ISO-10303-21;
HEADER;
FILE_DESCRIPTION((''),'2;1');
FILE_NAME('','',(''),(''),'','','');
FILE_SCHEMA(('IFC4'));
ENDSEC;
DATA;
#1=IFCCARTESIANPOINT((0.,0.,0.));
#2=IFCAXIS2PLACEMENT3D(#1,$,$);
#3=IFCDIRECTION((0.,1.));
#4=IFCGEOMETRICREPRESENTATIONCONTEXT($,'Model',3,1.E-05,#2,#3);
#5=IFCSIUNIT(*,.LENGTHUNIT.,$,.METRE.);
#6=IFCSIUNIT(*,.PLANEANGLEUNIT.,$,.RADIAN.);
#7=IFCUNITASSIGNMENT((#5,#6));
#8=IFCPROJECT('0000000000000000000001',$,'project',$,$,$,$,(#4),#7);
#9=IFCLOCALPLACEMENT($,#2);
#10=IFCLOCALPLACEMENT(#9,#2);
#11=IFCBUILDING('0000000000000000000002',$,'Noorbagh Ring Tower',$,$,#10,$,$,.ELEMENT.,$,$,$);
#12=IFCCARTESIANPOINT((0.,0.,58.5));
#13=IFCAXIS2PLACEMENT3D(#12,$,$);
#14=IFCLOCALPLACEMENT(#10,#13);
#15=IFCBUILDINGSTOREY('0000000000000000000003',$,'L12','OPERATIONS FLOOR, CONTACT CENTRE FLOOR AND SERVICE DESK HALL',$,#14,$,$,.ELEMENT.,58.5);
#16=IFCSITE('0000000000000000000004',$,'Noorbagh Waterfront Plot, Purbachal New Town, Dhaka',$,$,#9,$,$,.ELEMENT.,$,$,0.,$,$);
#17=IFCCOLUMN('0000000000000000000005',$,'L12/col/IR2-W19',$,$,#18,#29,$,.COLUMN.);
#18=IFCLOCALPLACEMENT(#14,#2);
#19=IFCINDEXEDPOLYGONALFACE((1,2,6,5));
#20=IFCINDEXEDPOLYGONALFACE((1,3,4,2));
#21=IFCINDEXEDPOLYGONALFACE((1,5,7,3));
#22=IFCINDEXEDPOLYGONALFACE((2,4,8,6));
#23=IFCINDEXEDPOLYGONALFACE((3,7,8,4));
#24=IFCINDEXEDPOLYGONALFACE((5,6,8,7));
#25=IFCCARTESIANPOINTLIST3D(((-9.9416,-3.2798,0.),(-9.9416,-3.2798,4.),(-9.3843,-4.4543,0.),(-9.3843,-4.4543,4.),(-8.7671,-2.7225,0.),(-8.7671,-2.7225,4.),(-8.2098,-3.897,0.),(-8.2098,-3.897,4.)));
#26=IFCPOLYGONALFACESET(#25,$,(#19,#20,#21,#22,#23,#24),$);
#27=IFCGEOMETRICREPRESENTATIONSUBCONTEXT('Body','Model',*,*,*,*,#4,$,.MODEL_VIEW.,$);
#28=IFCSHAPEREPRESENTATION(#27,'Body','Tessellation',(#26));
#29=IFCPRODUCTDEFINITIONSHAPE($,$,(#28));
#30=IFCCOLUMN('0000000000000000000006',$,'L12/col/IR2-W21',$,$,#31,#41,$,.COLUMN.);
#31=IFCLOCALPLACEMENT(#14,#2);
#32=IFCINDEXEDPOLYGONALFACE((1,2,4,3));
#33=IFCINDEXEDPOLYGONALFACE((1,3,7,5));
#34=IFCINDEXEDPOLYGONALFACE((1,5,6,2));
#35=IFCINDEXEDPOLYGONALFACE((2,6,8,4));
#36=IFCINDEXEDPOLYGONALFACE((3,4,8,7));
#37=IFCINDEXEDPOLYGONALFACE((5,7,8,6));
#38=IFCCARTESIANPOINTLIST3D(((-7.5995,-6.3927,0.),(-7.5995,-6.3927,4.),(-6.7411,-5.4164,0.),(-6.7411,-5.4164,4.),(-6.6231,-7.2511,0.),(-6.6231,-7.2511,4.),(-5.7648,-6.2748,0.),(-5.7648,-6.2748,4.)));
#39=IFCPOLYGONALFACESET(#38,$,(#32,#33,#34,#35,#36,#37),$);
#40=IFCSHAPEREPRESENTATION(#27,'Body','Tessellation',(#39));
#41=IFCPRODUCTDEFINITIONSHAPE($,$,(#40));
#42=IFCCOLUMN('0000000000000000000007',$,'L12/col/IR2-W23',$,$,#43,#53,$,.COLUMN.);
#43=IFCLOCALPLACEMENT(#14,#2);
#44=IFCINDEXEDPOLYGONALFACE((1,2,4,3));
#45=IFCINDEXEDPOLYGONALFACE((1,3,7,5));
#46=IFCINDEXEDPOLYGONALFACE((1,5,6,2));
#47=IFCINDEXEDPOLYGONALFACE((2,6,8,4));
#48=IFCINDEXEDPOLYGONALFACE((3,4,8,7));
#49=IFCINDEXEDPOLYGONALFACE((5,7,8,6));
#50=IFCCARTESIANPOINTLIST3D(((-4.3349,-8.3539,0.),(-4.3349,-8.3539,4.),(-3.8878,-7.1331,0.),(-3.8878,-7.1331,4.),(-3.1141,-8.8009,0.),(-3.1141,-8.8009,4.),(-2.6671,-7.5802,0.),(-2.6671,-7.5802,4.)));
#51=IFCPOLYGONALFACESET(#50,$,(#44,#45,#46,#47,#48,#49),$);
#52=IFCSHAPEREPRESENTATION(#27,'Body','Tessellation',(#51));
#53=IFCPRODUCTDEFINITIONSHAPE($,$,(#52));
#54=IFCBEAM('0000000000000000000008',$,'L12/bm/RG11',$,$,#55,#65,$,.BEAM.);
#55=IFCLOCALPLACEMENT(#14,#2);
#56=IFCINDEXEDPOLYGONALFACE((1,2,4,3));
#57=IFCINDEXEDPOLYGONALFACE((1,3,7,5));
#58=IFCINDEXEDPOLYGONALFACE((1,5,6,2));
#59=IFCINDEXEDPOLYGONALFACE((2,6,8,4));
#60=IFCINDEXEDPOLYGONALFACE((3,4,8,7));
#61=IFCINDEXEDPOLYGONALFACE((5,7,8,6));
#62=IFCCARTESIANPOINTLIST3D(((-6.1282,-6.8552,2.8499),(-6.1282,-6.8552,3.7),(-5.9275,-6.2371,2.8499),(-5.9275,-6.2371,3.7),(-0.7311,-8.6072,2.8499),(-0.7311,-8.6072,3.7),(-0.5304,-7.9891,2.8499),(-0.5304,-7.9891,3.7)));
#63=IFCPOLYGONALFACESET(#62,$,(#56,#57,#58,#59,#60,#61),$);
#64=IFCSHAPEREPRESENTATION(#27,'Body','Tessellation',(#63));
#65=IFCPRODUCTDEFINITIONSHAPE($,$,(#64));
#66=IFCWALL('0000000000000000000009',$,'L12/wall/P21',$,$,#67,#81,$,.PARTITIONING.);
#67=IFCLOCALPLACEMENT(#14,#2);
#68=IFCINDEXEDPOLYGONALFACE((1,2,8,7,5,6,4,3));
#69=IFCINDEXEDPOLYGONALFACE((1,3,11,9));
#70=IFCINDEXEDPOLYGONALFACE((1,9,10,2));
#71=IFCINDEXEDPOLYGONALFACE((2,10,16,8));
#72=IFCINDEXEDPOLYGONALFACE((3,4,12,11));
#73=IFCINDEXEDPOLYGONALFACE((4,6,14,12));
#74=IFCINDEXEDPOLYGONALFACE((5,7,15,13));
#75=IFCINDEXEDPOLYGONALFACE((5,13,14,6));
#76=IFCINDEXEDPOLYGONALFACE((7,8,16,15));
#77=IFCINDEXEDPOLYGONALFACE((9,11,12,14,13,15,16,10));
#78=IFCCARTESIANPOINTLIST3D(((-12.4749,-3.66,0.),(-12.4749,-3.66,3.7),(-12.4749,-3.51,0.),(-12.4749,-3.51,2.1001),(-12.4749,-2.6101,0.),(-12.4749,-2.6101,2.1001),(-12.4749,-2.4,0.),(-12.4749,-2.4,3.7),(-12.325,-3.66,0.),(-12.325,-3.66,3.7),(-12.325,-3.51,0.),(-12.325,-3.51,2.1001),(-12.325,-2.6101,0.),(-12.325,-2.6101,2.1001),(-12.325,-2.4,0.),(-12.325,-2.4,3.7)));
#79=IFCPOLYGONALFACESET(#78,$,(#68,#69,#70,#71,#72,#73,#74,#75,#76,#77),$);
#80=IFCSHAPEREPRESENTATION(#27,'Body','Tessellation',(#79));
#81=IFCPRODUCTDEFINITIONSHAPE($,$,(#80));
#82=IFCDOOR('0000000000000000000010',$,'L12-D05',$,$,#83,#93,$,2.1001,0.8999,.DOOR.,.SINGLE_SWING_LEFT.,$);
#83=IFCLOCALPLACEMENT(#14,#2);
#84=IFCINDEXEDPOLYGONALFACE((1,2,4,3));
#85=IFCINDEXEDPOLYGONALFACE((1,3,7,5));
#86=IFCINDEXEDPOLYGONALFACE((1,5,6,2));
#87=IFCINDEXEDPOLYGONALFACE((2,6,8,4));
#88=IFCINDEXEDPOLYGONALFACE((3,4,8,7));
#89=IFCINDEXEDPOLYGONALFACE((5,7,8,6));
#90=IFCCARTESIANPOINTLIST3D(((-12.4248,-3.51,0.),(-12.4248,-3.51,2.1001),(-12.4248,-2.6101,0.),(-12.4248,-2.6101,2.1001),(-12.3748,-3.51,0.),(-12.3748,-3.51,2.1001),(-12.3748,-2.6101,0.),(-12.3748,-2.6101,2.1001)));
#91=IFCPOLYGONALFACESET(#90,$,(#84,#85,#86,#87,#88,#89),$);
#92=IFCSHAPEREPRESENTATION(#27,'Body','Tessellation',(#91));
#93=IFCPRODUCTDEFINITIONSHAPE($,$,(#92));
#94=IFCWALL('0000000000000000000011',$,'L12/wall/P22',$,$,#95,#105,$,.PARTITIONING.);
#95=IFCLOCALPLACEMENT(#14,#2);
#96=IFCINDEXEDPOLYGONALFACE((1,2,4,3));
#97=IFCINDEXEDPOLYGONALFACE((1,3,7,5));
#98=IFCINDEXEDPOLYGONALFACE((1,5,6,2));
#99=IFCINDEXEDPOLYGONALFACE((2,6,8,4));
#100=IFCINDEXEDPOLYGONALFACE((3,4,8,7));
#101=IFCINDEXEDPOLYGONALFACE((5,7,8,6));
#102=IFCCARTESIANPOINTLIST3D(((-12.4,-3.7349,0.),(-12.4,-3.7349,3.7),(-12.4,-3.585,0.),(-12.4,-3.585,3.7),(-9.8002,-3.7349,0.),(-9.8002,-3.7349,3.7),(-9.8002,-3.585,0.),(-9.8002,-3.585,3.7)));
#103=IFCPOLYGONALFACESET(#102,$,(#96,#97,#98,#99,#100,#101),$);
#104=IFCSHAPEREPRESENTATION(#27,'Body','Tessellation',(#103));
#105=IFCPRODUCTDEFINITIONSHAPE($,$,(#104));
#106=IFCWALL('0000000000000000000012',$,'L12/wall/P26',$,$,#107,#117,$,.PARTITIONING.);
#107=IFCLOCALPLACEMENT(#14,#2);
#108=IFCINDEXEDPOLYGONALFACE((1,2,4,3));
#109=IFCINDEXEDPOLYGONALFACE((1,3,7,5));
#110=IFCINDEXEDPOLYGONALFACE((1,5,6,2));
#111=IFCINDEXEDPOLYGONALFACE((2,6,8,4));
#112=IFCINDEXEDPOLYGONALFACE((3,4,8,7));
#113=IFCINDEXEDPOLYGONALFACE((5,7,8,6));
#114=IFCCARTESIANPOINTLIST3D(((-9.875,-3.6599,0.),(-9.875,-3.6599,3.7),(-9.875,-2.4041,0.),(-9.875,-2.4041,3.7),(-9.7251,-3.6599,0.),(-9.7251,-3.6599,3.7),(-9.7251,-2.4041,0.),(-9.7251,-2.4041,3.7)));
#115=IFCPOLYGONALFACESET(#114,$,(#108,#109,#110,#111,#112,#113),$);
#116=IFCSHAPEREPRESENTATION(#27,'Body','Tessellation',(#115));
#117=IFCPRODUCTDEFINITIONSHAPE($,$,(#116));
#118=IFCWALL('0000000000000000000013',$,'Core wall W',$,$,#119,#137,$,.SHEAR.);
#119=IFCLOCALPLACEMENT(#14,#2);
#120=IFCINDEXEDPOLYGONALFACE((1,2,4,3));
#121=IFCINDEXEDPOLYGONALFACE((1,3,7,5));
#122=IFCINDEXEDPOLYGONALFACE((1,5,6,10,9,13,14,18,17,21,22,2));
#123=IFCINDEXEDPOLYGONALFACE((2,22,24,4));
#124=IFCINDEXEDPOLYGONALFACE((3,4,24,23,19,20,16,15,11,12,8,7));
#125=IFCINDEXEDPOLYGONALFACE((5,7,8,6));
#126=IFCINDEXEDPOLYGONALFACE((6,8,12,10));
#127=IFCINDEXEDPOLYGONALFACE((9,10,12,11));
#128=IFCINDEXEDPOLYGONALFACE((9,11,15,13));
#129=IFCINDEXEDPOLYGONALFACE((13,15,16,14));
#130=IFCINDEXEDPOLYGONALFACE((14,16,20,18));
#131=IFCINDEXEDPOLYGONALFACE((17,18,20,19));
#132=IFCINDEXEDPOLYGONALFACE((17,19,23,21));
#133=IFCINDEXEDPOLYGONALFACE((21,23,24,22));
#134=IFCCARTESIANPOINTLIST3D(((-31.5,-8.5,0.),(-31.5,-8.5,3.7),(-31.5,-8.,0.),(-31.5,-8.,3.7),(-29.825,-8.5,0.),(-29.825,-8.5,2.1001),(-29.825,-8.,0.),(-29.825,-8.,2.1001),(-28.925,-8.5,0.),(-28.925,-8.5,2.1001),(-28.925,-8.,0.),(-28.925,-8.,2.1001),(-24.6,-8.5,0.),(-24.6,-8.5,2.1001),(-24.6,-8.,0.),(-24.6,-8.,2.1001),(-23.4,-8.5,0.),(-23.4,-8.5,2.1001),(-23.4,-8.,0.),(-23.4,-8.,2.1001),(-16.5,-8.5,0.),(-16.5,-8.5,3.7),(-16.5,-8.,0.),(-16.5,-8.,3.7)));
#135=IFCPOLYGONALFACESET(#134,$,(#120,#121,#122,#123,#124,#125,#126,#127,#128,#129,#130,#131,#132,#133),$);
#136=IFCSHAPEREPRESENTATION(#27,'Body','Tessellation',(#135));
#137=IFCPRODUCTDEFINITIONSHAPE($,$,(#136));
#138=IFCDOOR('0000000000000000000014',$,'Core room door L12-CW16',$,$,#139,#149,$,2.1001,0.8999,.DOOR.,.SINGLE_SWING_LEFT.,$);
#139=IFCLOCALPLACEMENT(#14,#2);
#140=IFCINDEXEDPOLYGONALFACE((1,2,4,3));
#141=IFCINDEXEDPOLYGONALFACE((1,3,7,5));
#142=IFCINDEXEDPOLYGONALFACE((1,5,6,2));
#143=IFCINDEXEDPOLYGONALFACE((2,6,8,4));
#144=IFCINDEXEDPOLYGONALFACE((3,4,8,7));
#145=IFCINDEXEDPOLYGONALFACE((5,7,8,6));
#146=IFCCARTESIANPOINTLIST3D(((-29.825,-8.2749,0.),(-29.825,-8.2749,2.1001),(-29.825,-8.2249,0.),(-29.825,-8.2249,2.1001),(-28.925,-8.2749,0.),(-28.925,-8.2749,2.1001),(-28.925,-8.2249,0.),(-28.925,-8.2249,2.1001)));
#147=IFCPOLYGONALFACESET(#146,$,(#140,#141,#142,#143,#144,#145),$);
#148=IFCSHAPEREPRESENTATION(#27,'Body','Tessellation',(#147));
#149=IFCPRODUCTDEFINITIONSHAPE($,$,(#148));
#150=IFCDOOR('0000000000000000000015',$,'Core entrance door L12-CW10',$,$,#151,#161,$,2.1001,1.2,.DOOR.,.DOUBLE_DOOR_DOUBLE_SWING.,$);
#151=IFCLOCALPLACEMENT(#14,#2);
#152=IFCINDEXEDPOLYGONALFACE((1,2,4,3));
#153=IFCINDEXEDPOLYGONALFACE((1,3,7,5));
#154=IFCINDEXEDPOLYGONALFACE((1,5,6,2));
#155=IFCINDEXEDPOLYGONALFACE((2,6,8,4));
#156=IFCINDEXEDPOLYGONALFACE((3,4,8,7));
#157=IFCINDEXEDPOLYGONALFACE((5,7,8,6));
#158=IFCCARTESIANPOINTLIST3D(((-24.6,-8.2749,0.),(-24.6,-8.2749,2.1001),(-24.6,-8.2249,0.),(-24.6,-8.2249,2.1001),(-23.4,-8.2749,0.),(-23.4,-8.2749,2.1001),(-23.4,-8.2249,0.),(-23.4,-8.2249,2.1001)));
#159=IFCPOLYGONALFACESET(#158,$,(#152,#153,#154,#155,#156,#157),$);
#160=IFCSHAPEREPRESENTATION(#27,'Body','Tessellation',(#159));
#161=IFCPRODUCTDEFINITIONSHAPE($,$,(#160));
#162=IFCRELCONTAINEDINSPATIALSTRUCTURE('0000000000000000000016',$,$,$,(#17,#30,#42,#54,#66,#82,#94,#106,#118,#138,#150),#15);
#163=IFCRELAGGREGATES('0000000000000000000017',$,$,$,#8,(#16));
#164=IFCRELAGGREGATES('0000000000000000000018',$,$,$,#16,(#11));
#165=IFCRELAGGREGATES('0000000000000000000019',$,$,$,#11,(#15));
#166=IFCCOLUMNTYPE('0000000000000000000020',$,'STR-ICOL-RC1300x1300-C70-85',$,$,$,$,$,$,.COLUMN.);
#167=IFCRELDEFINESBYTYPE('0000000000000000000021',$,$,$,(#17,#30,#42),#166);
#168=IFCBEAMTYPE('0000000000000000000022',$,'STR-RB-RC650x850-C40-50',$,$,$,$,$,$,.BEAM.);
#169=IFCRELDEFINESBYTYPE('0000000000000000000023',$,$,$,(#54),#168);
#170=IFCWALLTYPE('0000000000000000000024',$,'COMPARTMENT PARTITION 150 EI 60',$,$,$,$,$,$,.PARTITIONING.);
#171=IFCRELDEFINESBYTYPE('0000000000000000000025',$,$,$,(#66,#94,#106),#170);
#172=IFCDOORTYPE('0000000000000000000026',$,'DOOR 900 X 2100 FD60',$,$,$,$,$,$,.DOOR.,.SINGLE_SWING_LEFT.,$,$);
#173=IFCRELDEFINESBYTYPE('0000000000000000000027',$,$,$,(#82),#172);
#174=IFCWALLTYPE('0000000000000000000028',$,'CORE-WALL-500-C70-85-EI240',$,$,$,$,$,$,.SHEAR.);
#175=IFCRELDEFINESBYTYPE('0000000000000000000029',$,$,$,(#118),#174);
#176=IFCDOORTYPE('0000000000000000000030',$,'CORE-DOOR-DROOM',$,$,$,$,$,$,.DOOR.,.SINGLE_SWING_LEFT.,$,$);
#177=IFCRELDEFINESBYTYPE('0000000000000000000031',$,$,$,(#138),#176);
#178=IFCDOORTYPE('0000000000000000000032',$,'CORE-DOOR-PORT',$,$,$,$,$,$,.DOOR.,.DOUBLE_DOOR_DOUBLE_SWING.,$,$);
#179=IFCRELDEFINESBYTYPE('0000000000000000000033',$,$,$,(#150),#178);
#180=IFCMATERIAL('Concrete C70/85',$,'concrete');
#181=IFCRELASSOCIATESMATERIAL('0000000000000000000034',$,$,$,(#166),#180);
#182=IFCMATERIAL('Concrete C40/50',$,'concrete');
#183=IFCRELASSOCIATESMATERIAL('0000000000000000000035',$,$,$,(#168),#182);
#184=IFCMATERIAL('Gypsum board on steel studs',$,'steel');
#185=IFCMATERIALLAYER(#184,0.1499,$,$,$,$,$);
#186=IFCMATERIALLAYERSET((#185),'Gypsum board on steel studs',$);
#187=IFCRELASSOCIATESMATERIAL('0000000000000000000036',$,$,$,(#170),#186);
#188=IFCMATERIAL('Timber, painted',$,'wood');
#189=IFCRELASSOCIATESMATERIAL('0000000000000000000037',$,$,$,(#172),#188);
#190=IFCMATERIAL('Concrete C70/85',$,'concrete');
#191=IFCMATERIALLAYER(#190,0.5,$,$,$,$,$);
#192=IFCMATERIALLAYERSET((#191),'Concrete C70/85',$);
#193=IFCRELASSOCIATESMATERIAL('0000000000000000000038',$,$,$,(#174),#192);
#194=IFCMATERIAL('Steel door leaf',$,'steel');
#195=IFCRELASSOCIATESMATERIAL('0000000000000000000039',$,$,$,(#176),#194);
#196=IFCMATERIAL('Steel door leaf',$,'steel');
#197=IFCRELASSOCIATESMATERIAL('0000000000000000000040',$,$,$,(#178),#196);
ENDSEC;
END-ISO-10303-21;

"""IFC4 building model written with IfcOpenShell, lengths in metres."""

from ifc_helpers import new_model, si_unit, direction, frame, frame_2d, origin, origin_2d, place, context, subcontext, project, spatial, rectangle, extrude, material, layer, layer_set, material_profile, profile_set, type_object, element, fill, save


model = new_model("IFC4")

# Units and contexts
model_context = context("Model", 3, precision=1e-05, world=origin(), true_north=direction((0.0, 1.0)))
body_context = subcontext(model_context, "Body", "Model", "MODEL_VIEW")
ifc_project = project(units=[si_unit("LENGTHUNIT", "METRE"), si_unit("PLANEANGLEUNIT", "RADIAN")], contexts=[model_context])

# Site, building, storey
site_placement = place(None, origin())
site = spatial("IfcSite", under=ifc_project, at=site_placement, Name="Noorbagh Waterfront Plot, Purbachal New Town, Dhaka", CompositionType="ELEMENT", RefElevation=0.0)
building_placement = place(site_placement, origin())
building = spatial("IfcBuilding", under=site, at=building_placement, Name="Noorbagh Ring Tower", CompositionType="ELEMENT")
storey_placement = place(building_placement, frame((0.0, 0.0, 58.5)))
storey = spatial("IfcBuildingStorey", under=building, at=storey_placement, Name="L12", Description="OPERATIONS FLOOR, CONTACT CENTRE FLOOR AND SERVICE DESK HALL", CompositionType="ELEMENT", Elevation=58.5)

# Columns
ifc_material_1 = material(Name="Concrete C70/85", Category="concrete")
ifc_material_profile_1 = material_profile(ifc_material_1, rectangle(XDim=1.3, YDim=1.3, at=origin_2d()), Name="RC1300x1300")
ifc_profile_set_1 = profile_set([ifc_material_profile_1], Name="Concrete C70/85")
column_type = type_object("IfcColumnType", Name="STR-ICOL-RC1300x1300-C70-85", PredefinedType="COLUMN", material=ifc_profile_set_1)
for number, where, z_axis, x_axis, name in (
    (1, (-9.0757, -3.5884, 0.0), (0.0, 0.0, 1.0), (0.428667, -0.903463, 0.0), "L12/col/IR2-W19"),
    (2, (-6.6821, -6.3337, 0.0), (0.0, 0.0, 1.0), (0.751022, -0.660277, 0.0), "L12/col/IR2-W21"),
    (3, (-3.501, -7.967, 0.0), (0.0, 0.0, 1.0), (0.93902, -0.343864, 0.0), "L12/col/IR2-W23"),
):
    element("IfcColumn", number, at=place(storey_placement, frame(where, z_axis=z_axis, x_axis=x_axis)), inside=storey, type_object=column_type, Name=name, PredefinedType="COLUMN", context=body_context, shape_type="SweptSolid", body=[
        extrude(rectangle(XDim=1.3, YDim=1.3, at=origin_2d()), origin(), (0.0, 0.0, 1.0), 4.0),
    ])

# Beam
ifc_material_2 = material(Name="Concrete C40/50", Category="concrete")
ifc_material_profile_2 = material_profile(ifc_material_2, rectangle(XDim=0.6499, YDim=0.8501, at=origin_2d()), Name="RC650x850")
ifc_profile_set_2 = profile_set([ifc_material_profile_2], Name="Concrete C40/50")
beam_type = type_object("IfcBeamType", Name="STR-RB-RC650x850-C40-50", PredefinedType="BEAM", material=ifc_profile_set_2)
beam_placement = place(storey_placement, frame((-6.0278, -6.5461, 3.2749), z_axis=(0.951141, -0.308757, 0.0), x_axis=(0.308757, 0.951141, 0.0)))
element("IfcBeam", 4, at=beam_placement, inside=storey, type_object=beam_type, Name="L12/bm/RG11", PredefinedType="BEAM", context=body_context, shape_type="SweptSolid", body=[
    extrude(rectangle(XDim=0.6499, YDim=0.8501, at=origin_2d()), origin(), (0.0, 0.0, 1.0), 5.6743),
])

# Wall, opening, door
ifc_material_3 = material(Name="Gypsum board on steel studs", Category="steel")
ifc_layer_1 = layer(ifc_material_3, 0.1499)
ifc_layer_set_1 = layer_set([ifc_layer_1], Name="Gypsum board on steel studs")
wall_type_1 = type_object("IfcWallType", Name="COMPARTMENT PARTITION 150 EI 60", PredefinedType="PARTITIONING", material=ifc_layer_set_1)
wall_1_placement = place(storey_placement, frame((-12.3999, -3.6599, 0.0), z_axis=(0.0, 0.0, 1.0), x_axis=(0.0, 1.0, 0.0)))
wall_1 = element("IfcWall", 5, at=wall_1_placement, inside=storey, type_object=wall_type_1, Name="L12/wall/P21", PredefinedType="PARTITIONING", context=body_context, shape_type="SweptSolid", body=[
    extrude(rectangle(XDim=1.26, YDim=0.1499, at=frame_2d((0.6299, 0.0))), origin(), (0.0, 0.0, 1.0), 3.7),
])
opening_1_placement = place(wall_1_placement, frame((0.1499, 0.0, 0.0)))
opening_1 = element("IfcOpeningElement", 6, at=opening_1_placement, cuts=wall_1, PredefinedType="OPENING", context=body_context, shape_type="SweptSolid", body=[
    extrude(rectangle(XDim=0.8999, YDim=2.1001, at=frame_2d((0.45, 1.05))), frame((0.0, 0.085, 0.0), z_axis=(0.0, -1.0, 0.0), x_axis=(1.0, 0.0, 0.0)), (0.0, 0.0, 1.0), 0.1699),
])
ifc_material_4 = material(Name="Timber, painted", Category="wood")
door_type_1 = type_object("IfcDoorType", Name="DOOR 900 X 2100 FD60", OperationType="SINGLE_SWING_LEFT", PredefinedType="DOOR", material=ifc_material_4)
door_1_placement = place(opening_1_placement, origin())
door_1 = element("IfcDoor", 7, at=door_1_placement, inside=storey, type_object=door_type_1, Name="L12-D05", OperationType="SINGLE_SWING_LEFT", OverallHeight=2.1001, OverallWidth=0.8999, PredefinedType="DOOR", context=body_context, shape_type="SweptSolid", body=[
    extrude(rectangle(XDim=0.8999, YDim=2.1001, at=frame_2d((0.45, 1.05))), frame((0.0, 0.0249, 0.0), z_axis=(0.0, -1.0, 0.0), x_axis=(1.0, 0.0, 0.0)), (0.0, 0.0, 1.0), 0.05),
])
fill(opening_1, door_1)

# Walls
wall_2_placement = place(storey_placement, frame((-12.3999, -3.6599, 0.0), z_axis=(0.0, 0.0, 1.0), x_axis=(1.0, 0.0, 0.0)))
element("IfcWall", 8, at=wall_2_placement, inside=storey, type_object=wall_type_1, Name="L12/wall/P22", PredefinedType="PARTITIONING", context=body_context, shape_type="SweptSolid", body=[
    extrude(rectangle(XDim=2.5999, YDim=0.1499, at=frame_2d((1.2998, 0.0))), origin(), (0.0, 0.0, 1.0), 3.7),
])
wall_3_placement = place(storey_placement, frame((-9.8, -3.6599, 0.0), z_axis=(0.0, 0.0, 1.0), x_axis=(0.0, 1.0, 0.0)))
element("IfcWall", 9, at=wall_3_placement, inside=storey, type_object=wall_type_1, Name="L12/wall/P26", PredefinedType="PARTITIONING", context=body_context, shape_type="SweptSolid", body=[
    extrude(rectangle(XDim=1.2559, YDim=0.1499, at=frame_2d((0.6279, 0.0))), origin(), (0.0, 0.0, 1.0), 3.7),
])

# Wall, openings, doors
ifc_material_5 = material(Name="Concrete C70/85", Category="concrete")
ifc_layer_2 = layer(ifc_material_5, 0.5)
ifc_layer_set_2 = layer_set([ifc_layer_2], Name="Concrete C70/85")
wall_type_2 = type_object("IfcWallType", Name="CORE-WALL-500-C70-85-EI240", PredefinedType="SHEAR", material=ifc_layer_set_2)
wall_4_placement = place(storey_placement, frame((-16.5, -8.25, 0.0), z_axis=(0.0, 0.0, 1.0), x_axis=(-1.0, 0.0, 0.0)))
wall_4 = element("IfcWall", 10, at=wall_4_placement, inside=storey, type_object=wall_type_2, Name="Core wall W", PredefinedType="SHEAR", context=body_context, shape_type="SweptSolid", body=[
    extrude(rectangle(XDim=15.0, YDim=0.5, at=frame_2d((7.5, 0.0))), origin(), (0.0, 0.0, 1.0), 3.7),
])
opening_2_placement = place(wall_4_placement, frame((6.8999, 0.0, 0.0)))
opening_2 = element("IfcOpeningElement", 11, at=opening_2_placement, cuts=wall_4, PredefinedType="OPENING", context=body_context, shape_type="SweptSolid", body=[
    extrude(rectangle(XDim=1.2, YDim=2.1001, at=frame_2d((0.6001, 1.05))), frame((0.0, 0.26, 0.0), z_axis=(0.0, -1.0, 0.0), x_axis=(1.0, 0.0, 0.0)), (0.0, 0.0, 1.0), 0.52),
])
opening_3_placement = place(wall_4_placement, frame((12.425, 0.0, 0.0)))
opening_3 = element("IfcOpeningElement", 12, at=opening_3_placement, cuts=wall_4, PredefinedType="OPENING", context=body_context, shape_type="SweptSolid", body=[
    extrude(rectangle(XDim=0.8999, YDim=2.1001, at=frame_2d((0.45, 1.05))), frame((0.0, 0.26, 0.0), z_axis=(0.0, -1.0, 0.0), x_axis=(1.0, 0.0, 0.0)), (0.0, 0.0, 1.0), 0.52),
])
ifc_material_6 = material(Name="Steel door leaf", Category="steel")
door_type_2 = type_object("IfcDoorType", Name="CORE-DOOR-DROOM", OperationType="SINGLE_SWING_LEFT", PredefinedType="DOOR", material=ifc_material_6)
door_2_placement = place(opening_3_placement, origin())
door_2 = element("IfcDoor", 13, at=door_2_placement, inside=storey, type_object=door_type_2, Name="Core room door L12-CW16", OperationType="SINGLE_SWING_LEFT", OverallHeight=2.1001, OverallWidth=0.8999, PredefinedType="DOOR", context=body_context, shape_type="SweptSolid", body=[
    extrude(rectangle(XDim=0.8999, YDim=2.1001, at=frame_2d((0.45, 1.05))), frame((0.0, 0.0249, 0.0), z_axis=(0.0, -1.0, 0.0), x_axis=(1.0, 0.0, 0.0)), (0.0, 0.0, 1.0), 0.05),
])
fill(opening_3, door_2)
ifc_material_7 = material(Name="Steel door leaf", Category="steel")
door_type_3 = type_object("IfcDoorType", Name="CORE-DOOR-PORT", OperationType="DOUBLE_DOOR_DOUBLE_SWING", PredefinedType="DOOR", material=ifc_material_7)
door_3_placement = place(opening_2_placement, origin())
door_3 = element("IfcDoor", 14, at=door_3_placement, inside=storey, type_object=door_type_3, Name="Core entrance door L12-CW10", OperationType="DOUBLE_DOOR_DOUBLE_SWING", OverallHeight=2.1001, OverallWidth=1.2, PredefinedType="DOOR", context=body_context, shape_type="SweptSolid", body=[
    extrude(rectangle(XDim=1.2, YDim=2.1001, at=frame_2d((0.6001, 1.05))), frame((0.0, 0.0249, 0.0), z_axis=(0.0, -1.0, 0.0), x_axis=(1.0, 0.0, 0.0)), (0.0, 0.0, 1.0), 0.05),
])
fill(opening_2, door_3)

save(model, "model.ifc")
